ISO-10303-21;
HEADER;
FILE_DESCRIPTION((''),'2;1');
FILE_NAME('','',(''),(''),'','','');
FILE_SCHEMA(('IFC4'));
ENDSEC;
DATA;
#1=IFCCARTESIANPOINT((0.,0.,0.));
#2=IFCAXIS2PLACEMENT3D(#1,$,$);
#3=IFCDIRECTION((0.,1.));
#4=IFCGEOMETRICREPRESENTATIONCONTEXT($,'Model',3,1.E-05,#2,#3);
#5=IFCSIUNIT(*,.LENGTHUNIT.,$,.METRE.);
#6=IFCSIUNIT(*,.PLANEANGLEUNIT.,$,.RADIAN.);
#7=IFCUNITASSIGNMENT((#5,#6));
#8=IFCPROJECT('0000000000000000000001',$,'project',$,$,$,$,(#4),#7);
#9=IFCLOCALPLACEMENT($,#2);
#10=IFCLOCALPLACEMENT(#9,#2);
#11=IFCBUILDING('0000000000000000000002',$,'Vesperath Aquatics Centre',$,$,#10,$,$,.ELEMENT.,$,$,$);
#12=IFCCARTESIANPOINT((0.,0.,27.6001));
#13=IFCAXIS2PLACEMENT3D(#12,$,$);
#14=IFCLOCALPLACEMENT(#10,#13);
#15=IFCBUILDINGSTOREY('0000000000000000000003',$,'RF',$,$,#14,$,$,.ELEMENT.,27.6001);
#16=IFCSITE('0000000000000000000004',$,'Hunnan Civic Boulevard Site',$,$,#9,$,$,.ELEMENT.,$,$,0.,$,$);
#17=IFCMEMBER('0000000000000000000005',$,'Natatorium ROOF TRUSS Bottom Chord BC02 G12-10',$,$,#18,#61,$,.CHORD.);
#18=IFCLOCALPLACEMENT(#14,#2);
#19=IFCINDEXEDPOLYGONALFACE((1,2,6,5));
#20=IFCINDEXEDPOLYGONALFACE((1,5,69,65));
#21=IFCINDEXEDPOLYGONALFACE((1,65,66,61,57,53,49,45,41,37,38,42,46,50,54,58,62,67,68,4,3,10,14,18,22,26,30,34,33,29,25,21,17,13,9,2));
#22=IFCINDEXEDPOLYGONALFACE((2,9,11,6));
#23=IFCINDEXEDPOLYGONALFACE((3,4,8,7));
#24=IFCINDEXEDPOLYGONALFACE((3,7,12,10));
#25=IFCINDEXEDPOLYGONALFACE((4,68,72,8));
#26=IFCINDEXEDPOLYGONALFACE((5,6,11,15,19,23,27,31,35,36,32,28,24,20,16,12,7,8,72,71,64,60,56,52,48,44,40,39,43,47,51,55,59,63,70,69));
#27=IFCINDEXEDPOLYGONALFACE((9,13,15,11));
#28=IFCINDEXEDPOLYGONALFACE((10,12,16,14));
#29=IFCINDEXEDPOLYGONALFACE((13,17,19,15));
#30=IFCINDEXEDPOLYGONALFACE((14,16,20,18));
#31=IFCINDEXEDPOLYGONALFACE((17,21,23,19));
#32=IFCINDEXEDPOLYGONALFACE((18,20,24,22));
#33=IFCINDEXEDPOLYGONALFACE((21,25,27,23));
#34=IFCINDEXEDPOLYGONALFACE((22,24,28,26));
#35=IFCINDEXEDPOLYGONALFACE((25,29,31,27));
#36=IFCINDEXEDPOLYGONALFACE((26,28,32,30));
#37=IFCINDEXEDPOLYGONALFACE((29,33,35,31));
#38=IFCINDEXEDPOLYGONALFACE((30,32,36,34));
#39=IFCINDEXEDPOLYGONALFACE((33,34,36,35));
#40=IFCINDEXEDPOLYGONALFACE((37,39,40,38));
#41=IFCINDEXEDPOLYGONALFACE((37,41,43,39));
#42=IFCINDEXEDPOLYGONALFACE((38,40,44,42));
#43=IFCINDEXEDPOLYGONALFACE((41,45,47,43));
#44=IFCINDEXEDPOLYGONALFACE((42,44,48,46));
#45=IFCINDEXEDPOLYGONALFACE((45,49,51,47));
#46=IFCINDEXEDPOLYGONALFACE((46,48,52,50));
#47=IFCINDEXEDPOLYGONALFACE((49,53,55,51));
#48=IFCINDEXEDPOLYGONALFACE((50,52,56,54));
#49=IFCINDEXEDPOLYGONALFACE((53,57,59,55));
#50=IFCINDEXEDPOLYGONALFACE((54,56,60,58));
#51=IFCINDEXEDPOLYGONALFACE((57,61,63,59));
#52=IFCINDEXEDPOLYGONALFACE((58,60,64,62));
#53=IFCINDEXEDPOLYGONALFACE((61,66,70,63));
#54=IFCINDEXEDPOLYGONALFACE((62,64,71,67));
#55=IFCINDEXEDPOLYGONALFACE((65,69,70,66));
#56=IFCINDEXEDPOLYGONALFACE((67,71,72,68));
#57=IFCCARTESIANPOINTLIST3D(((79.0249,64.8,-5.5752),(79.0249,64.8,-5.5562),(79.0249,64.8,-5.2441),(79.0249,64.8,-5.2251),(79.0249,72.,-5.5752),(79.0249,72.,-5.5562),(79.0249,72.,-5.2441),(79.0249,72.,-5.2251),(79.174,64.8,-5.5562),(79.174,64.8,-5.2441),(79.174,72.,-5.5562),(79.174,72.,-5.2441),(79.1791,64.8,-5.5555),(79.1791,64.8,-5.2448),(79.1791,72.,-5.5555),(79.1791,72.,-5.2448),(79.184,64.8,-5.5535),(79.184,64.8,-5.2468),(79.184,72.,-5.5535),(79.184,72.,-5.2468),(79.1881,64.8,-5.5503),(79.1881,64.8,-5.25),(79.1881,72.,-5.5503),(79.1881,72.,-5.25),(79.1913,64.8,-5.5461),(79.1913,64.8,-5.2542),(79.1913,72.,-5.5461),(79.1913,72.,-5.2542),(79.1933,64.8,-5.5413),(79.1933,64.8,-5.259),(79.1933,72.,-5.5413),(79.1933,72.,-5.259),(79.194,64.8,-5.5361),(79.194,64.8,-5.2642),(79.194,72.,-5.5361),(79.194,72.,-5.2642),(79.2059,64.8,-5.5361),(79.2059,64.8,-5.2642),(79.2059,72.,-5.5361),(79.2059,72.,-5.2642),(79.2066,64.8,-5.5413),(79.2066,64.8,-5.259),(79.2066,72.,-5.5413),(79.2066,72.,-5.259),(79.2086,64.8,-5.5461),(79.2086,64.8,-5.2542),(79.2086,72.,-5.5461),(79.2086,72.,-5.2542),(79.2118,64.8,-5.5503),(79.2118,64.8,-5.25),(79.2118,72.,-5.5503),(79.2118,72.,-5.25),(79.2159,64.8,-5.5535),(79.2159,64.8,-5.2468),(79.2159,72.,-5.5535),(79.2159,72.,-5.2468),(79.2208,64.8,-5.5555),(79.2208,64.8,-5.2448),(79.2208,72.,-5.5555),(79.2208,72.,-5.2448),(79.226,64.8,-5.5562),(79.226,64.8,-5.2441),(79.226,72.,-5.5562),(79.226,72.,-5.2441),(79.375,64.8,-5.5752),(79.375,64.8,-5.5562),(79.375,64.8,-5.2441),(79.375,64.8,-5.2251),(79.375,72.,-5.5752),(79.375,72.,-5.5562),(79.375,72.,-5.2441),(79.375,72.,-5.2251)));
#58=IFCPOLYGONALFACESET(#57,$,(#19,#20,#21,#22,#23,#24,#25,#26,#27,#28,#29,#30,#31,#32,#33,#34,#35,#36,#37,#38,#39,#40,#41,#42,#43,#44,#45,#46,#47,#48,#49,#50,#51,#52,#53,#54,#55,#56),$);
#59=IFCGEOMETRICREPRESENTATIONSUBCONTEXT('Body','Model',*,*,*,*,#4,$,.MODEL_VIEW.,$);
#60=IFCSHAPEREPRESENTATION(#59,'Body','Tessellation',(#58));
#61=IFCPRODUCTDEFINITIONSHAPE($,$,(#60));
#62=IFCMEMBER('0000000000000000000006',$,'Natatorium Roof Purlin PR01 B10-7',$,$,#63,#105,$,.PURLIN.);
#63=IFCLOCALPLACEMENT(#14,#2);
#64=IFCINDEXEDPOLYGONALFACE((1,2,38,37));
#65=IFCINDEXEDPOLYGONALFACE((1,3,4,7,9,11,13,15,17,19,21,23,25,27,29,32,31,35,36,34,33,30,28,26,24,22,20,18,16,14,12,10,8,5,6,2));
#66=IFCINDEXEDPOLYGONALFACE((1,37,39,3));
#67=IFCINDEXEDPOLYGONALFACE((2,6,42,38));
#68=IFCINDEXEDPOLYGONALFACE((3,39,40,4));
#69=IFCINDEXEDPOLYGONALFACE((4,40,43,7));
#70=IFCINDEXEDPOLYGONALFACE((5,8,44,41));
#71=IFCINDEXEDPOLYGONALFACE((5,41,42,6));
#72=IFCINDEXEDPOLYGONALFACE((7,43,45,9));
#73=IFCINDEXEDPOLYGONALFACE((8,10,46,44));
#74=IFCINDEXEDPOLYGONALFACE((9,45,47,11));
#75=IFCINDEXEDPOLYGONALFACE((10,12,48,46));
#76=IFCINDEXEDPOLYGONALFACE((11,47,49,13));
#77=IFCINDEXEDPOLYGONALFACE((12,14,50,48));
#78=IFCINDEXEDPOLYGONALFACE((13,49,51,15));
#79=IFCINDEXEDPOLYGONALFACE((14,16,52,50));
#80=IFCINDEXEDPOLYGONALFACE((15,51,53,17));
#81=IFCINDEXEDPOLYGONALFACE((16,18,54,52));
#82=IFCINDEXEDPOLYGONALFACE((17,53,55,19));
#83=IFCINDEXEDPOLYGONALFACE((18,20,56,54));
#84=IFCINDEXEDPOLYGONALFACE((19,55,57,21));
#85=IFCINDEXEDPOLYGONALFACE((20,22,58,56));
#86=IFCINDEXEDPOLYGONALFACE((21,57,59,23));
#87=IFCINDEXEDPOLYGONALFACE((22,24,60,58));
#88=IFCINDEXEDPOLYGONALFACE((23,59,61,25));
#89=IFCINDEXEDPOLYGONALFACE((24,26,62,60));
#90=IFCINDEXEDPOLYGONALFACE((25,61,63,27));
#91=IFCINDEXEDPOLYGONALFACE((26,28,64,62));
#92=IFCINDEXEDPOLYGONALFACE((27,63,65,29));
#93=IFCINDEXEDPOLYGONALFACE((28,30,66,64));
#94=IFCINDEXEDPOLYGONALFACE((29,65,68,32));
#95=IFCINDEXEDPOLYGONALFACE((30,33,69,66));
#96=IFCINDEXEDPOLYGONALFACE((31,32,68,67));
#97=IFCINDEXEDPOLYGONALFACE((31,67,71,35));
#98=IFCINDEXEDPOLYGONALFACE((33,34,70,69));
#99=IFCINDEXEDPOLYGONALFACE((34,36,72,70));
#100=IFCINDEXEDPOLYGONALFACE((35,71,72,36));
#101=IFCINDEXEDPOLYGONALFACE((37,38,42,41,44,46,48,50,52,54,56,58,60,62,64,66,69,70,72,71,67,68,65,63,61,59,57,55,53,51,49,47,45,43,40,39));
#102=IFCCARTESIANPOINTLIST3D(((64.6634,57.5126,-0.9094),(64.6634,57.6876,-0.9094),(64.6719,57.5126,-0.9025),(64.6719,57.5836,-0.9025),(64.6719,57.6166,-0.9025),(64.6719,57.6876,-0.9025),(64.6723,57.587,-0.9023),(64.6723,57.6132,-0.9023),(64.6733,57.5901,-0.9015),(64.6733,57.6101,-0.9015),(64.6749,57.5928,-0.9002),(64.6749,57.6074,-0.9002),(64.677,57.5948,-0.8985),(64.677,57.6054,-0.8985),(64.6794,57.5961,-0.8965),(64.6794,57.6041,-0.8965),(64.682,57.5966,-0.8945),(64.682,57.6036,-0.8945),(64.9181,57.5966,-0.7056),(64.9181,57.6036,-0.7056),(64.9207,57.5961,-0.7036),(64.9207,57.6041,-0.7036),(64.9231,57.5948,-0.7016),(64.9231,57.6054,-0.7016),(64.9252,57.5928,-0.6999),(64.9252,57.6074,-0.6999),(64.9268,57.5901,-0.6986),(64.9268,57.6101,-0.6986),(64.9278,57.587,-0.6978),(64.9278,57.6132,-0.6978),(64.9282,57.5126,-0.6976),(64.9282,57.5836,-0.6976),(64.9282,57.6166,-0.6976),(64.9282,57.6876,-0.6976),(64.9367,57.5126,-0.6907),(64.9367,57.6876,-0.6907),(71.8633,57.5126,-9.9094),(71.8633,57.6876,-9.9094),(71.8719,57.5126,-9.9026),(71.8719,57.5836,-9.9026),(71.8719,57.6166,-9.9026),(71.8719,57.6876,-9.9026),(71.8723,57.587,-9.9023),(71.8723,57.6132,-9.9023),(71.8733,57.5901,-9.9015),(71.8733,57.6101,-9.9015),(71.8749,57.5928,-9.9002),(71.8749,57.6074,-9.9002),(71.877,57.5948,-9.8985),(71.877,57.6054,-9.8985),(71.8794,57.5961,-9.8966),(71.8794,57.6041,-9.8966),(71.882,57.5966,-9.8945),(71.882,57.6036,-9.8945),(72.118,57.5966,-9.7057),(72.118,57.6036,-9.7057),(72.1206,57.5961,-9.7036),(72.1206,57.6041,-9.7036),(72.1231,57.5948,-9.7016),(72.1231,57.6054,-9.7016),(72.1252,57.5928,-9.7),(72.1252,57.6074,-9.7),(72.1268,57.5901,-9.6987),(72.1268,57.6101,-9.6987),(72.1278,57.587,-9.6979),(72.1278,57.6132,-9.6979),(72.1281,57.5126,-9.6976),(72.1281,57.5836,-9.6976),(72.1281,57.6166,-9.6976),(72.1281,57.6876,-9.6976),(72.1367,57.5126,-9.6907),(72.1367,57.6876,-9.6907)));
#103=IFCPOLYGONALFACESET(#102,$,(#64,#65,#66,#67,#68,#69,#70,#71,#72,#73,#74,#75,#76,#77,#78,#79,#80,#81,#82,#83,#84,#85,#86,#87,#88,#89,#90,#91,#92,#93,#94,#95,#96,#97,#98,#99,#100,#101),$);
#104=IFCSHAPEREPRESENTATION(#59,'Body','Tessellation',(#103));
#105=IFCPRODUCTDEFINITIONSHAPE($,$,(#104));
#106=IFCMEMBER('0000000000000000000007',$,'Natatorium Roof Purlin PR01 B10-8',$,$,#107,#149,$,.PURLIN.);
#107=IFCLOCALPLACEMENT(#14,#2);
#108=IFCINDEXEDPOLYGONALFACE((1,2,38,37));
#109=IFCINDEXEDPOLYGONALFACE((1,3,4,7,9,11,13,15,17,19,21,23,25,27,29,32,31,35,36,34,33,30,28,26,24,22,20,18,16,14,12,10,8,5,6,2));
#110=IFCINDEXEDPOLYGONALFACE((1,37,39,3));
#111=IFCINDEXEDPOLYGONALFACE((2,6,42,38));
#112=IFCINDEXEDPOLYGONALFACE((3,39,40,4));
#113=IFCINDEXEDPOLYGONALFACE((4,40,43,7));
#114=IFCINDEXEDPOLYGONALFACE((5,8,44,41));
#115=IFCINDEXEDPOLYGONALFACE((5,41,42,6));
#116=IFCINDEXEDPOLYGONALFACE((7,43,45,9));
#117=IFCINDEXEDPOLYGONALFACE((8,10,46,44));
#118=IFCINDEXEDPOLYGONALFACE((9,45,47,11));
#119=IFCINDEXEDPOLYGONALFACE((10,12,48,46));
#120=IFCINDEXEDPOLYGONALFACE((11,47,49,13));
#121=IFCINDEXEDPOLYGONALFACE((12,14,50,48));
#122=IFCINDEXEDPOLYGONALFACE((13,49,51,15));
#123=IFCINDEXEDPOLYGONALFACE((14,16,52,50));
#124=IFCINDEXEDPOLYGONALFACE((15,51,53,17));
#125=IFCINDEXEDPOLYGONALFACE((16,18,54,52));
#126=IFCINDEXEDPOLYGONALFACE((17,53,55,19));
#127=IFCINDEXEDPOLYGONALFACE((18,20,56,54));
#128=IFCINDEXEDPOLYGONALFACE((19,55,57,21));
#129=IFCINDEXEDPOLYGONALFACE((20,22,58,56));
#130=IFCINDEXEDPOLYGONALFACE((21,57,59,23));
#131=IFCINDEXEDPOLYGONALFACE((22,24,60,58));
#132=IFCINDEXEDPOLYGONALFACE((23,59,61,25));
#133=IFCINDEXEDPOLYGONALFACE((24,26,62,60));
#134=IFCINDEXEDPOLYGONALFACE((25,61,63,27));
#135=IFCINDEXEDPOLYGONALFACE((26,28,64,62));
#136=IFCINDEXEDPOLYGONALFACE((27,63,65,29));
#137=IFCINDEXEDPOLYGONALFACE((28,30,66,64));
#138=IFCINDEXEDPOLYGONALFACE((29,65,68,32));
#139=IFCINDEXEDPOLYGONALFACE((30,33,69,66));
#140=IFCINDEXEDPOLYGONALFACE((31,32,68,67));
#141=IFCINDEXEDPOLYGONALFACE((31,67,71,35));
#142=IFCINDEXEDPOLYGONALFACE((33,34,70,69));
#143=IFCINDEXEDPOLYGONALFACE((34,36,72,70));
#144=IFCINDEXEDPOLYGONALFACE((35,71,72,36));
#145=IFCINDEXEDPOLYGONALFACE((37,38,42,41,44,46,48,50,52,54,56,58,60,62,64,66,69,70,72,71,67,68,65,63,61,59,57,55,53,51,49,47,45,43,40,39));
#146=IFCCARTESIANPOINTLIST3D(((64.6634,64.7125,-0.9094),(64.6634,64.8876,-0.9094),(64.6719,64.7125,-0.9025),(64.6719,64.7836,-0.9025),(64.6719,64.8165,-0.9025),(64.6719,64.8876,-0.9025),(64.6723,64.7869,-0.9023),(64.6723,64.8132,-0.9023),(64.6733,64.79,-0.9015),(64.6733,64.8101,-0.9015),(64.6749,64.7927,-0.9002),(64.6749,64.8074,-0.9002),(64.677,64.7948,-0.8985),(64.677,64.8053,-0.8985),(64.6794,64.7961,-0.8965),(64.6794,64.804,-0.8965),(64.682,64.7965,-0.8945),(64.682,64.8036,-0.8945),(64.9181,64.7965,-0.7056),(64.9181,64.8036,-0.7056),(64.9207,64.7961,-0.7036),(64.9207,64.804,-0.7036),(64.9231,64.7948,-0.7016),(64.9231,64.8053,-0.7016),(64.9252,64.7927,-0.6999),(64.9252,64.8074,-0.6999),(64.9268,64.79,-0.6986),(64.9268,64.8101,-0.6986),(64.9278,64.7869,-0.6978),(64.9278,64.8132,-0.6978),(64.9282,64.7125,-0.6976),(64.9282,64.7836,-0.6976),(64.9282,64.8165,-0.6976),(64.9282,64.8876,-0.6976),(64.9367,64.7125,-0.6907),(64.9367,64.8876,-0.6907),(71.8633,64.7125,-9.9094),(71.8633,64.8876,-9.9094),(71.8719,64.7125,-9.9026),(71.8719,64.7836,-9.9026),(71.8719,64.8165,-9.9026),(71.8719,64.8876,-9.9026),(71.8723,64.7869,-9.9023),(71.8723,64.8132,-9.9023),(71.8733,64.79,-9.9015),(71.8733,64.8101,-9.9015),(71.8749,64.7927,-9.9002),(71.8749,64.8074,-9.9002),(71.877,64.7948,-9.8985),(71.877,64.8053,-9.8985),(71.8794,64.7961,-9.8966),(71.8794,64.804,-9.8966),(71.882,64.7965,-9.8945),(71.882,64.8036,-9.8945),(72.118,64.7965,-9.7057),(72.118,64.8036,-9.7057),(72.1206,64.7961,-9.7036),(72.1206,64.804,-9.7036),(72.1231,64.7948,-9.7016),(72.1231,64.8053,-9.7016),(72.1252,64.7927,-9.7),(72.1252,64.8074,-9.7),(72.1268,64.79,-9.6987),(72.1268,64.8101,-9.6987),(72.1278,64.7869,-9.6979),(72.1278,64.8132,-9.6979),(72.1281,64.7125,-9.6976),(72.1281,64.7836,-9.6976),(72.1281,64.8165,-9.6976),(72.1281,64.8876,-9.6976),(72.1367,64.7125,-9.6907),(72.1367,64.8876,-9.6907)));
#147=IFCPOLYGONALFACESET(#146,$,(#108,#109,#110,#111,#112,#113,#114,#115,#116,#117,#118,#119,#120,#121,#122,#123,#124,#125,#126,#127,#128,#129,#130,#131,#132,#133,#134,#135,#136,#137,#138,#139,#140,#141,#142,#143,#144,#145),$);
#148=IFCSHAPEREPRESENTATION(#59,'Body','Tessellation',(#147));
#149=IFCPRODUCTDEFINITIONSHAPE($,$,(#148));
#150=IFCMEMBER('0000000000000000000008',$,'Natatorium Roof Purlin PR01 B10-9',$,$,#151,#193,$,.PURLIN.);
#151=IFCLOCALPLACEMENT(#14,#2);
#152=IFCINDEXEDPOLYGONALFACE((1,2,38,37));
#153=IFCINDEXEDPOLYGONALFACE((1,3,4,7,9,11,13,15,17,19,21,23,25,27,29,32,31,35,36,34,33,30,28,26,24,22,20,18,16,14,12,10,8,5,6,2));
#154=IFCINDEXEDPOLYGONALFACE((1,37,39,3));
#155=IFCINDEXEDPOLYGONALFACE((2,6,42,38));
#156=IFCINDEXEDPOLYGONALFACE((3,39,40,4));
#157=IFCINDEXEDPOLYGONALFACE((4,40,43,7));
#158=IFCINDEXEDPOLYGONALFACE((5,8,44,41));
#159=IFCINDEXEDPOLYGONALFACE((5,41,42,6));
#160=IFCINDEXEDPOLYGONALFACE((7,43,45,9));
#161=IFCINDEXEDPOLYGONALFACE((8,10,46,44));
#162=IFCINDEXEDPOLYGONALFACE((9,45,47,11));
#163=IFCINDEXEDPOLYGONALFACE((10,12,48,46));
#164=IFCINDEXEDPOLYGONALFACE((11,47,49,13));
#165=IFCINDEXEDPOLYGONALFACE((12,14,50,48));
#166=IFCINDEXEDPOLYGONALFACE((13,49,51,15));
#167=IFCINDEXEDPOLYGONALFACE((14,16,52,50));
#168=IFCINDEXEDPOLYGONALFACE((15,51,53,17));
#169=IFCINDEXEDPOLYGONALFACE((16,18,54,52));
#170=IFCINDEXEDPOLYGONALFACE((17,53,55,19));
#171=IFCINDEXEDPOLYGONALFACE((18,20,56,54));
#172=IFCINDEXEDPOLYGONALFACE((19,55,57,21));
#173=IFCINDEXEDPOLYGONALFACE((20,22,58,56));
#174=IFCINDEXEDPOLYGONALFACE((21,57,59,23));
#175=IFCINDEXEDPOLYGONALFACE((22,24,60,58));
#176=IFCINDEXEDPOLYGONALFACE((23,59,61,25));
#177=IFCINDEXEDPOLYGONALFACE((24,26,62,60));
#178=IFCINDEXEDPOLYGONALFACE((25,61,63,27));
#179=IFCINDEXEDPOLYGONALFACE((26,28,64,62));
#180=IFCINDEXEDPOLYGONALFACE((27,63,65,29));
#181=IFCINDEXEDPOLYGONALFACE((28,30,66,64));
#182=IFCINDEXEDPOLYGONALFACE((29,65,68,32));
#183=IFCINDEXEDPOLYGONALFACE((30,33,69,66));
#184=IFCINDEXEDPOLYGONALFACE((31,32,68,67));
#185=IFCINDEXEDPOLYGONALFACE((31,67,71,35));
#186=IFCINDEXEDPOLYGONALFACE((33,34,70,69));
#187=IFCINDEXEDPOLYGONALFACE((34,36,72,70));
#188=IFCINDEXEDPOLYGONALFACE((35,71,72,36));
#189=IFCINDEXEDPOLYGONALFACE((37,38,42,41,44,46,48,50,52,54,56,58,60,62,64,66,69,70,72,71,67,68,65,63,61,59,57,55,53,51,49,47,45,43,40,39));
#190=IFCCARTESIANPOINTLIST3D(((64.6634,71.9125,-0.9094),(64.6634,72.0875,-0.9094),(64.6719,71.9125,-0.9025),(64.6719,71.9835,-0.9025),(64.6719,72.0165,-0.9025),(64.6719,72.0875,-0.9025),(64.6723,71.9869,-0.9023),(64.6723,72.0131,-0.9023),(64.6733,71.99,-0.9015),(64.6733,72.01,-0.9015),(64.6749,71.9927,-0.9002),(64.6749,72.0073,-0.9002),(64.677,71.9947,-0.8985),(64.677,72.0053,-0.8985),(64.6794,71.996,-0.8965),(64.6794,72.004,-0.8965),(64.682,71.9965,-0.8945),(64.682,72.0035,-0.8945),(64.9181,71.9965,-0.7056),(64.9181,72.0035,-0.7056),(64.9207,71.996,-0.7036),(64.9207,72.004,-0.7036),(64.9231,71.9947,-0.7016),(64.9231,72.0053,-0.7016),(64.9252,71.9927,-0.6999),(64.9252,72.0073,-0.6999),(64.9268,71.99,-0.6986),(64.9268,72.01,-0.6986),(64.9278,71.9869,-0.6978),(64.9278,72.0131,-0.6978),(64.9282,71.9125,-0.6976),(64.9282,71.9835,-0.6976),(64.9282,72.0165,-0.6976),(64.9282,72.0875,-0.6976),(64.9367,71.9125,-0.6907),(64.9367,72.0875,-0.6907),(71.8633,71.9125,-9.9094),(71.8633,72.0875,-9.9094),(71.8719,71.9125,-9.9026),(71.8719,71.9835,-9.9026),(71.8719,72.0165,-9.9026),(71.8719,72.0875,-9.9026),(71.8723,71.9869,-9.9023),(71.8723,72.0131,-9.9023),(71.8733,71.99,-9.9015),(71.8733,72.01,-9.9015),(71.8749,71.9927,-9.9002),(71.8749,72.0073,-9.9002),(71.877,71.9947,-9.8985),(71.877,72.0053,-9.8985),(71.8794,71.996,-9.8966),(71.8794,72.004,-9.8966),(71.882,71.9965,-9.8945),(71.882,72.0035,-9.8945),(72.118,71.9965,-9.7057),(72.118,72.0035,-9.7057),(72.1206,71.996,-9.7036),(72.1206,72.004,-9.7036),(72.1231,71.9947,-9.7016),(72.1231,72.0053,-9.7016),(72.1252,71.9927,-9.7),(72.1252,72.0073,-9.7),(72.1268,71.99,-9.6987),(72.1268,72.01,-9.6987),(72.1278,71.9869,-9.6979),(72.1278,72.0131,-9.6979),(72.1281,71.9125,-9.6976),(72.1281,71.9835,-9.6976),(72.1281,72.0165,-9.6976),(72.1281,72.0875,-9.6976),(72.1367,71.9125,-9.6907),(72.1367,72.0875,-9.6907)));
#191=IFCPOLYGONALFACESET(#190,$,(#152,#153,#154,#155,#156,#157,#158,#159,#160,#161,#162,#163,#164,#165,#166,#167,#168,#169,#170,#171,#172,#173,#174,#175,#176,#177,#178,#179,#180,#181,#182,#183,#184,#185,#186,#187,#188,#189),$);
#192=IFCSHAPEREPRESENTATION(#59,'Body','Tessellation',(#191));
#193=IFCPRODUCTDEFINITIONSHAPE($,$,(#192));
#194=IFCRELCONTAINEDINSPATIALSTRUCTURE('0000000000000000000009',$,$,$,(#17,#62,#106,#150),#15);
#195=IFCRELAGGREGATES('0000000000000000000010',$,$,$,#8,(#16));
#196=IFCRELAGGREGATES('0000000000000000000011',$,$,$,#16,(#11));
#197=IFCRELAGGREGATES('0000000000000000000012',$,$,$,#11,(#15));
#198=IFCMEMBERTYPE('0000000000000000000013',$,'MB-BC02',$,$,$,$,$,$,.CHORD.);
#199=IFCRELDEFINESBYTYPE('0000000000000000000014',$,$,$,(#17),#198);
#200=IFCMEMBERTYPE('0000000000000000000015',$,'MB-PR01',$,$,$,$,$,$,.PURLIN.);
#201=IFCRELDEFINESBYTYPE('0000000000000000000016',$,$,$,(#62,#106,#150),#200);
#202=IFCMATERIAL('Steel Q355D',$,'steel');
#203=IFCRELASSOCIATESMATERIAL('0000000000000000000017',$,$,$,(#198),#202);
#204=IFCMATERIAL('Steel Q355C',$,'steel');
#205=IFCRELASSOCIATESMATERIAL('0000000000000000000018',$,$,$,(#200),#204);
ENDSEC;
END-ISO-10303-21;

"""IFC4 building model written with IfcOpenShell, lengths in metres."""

from ifc_helpers import new_model, si_unit, direction, frame, origin, origin_2d, place, context, subcontext, project, spatial, i_section, extrude, material, material_profile, profile_set, type_object, element, save


model = new_model("IFC4")

# Units and contexts
model_context = context("Model", 3, precision=1e-05, world=origin(), true_north=direction((0.0, 1.0)))
body_context = subcontext(model_context, "Body", "Model", "MODEL_VIEW")
ifc_project = project(units=[si_unit("LENGTHUNIT", "METRE"), si_unit("PLANEANGLEUNIT", "RADIAN")], contexts=[model_context])

# Site, building, storey
site_placement = place(None, origin())
site = spatial("IfcSite", under=ifc_project, at=site_placement, Name="Hunnan Civic Boulevard Site", CompositionType="ELEMENT", RefElevation=0.0)
building_placement = place(site_placement, origin())
building = spatial("IfcBuilding", under=site, at=building_placement, Name="Vesperath Aquatics Centre", CompositionType="ELEMENT")
storey_placement = place(building_placement, frame((0.0, 0.0, 27.6001)))
storey = spatial("IfcBuildingStorey", under=building, at=storey_placement, Name="RF", CompositionType="ELEMENT", Elevation=27.6001)

# Shared definitions
ifc_material_1 = material(Name="Steel Q355C", Category="steel")

# Members
ifc_material_2 = material(Name="Steel Q355D", Category="steel")
ifc_material_profile_1 = material_profile(ifc_material_2, i_section(OverallWidth=0.3501, OverallDepth=0.3501, WebThickness=0.012, FlangeThickness=0.019, FilletRadius=0.02, at=origin_2d()), Name="HW 350x350x12x19")
ifc_profile_set_1 = profile_set([ifc_material_profile_1], Name="Steel Q355D")
member_type_1 = type_object("IfcMemberType", Name="MB-BC02", PredefinedType="CHORD", material=ifc_profile_set_1)
for number, where, z_axis, x_axis, name in (
    (1, (79.2, 64.8, -5.4001), (0.0, 1.0, 0.0), (-1.0, 0.0, 0.0), "Natatorium ROOF TRUSS Bottom Chord BC02 G12-10"),
):
    element("IfcMember", number, at=place(storey_placement, frame(where, z_axis=z_axis, x_axis=x_axis)), inside=storey, type_object=member_type_1, Name=name, PredefinedType="CHORD", context=body_context, shape_type="SweptSolid", body=[
        extrude(i_section(OverallWidth=0.3501, OverallDepth=0.3501, WebThickness=0.012, FlangeThickness=0.019, FilletRadius=0.02, at=origin_2d()), origin(), (0.0, 0.0, 1.0), 7.2),
    ])
ifc_material_profile_2 = material_profile(ifc_material_1, i_section(OverallWidth=0.175, OverallDepth=0.3501, WebThickness=0.0071, FlangeThickness=0.011, FilletRadius=0.0129, at=origin_2d()), Name="HN 350x175x7x11")
ifc_profile_set_2 = profile_set([ifc_material_profile_2], Name="Steel Q355C")
member_type_2 = type_object("IfcMemberType", Name="MB-PR01", PredefinedType="PURLIN", material=ifc_profile_set_2)
for number, where, z_axis, x_axis, name in (
    (2, (64.8, 57.6001, -0.8), (0.624692, 0.0, -0.780871), (0.0, 1.0, 0.0), "Natatorium Roof Purlin PR01 B10-7"),
    (3, (64.8, 64.8, -0.8), (0.624692, 0.0, -0.780871), (0.0, 1.0, 0.0), "Natatorium Roof Purlin PR01 B10-8"),
    (4, (64.8, 72.0, -0.8), (0.624692, 0.0, -0.780871), (0.0, 1.0, 0.0), "Natatorium Roof Purlin PR01 B10-9"),
):
    element("IfcMember", number, at=place(storey_placement, frame(where, z_axis=z_axis, x_axis=x_axis)), inside=storey, type_object=member_type_2, Name=name, PredefinedType="PURLIN", context=body_context, shape_type="SweptSolid", body=[
        extrude(i_section(OverallWidth=0.175, OverallDepth=0.3501, WebThickness=0.0071, FlangeThickness=0.011, FilletRadius=0.0129, at=origin_2d()), origin(), (0.0, 0.0, 1.0), 11.5256),
    ])

save(model, "model.ifc")
